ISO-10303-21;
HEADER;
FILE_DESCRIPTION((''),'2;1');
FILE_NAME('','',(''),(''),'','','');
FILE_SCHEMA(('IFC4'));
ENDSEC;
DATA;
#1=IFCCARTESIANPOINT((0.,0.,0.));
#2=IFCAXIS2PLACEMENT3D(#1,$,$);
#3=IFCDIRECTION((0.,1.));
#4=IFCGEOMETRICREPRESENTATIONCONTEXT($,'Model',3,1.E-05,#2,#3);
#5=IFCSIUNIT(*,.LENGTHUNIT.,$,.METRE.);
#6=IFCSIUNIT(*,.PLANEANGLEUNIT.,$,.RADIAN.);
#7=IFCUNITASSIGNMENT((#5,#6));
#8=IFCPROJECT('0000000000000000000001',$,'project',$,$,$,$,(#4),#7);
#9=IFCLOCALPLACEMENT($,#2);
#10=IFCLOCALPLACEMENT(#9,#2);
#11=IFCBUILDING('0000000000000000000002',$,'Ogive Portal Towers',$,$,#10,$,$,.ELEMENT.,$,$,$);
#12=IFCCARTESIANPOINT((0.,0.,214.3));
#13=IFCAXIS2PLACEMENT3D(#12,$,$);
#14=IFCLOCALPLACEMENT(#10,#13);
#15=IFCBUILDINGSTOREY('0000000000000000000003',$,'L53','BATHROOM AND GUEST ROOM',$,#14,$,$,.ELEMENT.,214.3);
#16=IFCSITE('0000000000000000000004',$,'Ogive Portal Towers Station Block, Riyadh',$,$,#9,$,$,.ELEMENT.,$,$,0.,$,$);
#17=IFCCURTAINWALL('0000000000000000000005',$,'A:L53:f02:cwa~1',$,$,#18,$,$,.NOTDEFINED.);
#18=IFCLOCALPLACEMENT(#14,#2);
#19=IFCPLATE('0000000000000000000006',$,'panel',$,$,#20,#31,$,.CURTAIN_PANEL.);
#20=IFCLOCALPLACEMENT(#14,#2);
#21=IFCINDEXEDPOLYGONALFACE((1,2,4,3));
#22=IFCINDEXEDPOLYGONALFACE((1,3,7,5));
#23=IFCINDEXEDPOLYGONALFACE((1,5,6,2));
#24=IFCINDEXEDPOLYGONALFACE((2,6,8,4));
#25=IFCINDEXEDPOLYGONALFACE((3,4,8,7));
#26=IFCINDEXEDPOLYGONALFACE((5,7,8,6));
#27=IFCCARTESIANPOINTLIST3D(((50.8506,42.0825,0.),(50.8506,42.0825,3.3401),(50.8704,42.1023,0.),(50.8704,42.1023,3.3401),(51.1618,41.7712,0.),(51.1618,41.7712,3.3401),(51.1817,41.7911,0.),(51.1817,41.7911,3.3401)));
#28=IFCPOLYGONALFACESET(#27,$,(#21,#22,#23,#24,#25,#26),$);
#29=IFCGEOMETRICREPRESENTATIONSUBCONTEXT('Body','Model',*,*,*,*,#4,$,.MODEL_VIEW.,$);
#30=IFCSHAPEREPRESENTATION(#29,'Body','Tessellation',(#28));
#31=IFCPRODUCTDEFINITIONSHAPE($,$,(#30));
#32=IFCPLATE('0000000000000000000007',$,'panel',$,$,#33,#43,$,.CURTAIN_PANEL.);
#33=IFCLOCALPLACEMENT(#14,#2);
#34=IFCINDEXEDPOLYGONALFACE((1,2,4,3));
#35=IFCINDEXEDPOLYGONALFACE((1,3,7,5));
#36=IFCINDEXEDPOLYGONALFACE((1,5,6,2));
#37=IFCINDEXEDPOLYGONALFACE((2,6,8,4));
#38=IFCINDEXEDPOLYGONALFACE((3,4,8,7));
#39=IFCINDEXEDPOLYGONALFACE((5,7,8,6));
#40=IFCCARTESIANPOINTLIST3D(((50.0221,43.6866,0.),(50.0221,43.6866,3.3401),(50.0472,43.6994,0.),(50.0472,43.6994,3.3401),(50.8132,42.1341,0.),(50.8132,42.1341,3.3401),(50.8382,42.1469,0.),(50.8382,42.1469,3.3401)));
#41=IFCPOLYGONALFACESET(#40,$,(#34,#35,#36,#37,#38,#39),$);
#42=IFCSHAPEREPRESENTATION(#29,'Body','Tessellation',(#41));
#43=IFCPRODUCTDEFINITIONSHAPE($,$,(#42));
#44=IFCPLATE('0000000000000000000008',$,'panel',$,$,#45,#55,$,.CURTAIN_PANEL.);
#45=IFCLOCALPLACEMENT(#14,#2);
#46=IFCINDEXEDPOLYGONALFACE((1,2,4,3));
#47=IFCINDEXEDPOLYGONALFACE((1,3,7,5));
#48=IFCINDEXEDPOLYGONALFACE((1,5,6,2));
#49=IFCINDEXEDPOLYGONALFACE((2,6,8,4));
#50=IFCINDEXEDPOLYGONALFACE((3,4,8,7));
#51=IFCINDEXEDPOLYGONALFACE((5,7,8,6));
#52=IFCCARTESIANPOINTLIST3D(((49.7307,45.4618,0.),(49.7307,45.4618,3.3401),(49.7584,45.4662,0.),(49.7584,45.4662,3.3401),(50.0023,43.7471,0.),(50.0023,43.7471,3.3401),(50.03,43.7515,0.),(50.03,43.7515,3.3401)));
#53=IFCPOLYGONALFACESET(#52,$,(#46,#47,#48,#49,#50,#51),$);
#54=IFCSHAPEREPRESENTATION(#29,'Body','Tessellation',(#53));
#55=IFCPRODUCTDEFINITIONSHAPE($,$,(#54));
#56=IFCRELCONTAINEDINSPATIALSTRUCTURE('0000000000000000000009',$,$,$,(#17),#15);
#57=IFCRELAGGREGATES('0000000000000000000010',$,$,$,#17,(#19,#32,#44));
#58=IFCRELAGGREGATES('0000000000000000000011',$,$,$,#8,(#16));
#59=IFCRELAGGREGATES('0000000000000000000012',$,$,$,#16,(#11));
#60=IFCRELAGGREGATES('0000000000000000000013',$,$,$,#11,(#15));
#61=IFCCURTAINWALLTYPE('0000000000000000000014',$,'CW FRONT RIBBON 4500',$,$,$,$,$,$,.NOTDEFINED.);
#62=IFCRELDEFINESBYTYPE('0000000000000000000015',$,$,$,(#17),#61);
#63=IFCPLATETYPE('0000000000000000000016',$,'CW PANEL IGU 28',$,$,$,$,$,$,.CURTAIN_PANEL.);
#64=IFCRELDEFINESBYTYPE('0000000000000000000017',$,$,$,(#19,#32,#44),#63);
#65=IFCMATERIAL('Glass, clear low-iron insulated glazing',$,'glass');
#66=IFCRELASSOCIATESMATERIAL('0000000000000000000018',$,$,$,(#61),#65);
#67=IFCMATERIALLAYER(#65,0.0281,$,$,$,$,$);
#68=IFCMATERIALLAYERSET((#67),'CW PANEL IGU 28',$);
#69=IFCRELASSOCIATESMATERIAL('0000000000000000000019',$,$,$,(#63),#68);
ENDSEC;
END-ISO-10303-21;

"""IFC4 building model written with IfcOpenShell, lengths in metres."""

from ifc_helpers import new_model, si_unit, direction, frame, origin, origin_2d, place, context, subcontext, project, spatial, rectangle, extrude, material, layer, layer_set, type_object, element, aggregate, save


model = new_model("IFC4")

# Units and contexts
model_context = context("Model", 3, precision=1e-05, world=origin(), true_north=direction((0.0, 1.0)))
body_context = subcontext(model_context, "Body", "Model", "MODEL_VIEW")
ifc_project = project(units=[si_unit("LENGTHUNIT", "METRE"), si_unit("PLANEANGLEUNIT", "RADIAN")], contexts=[model_context])

# Site, building, storey
site_placement = place(None, origin())
site = spatial("IfcSite", under=ifc_project, at=site_placement, Name="Ogive Portal Towers Station Block, Riyadh", CompositionType="ELEMENT", RefElevation=0.0)
building_placement = place(site_placement, origin())
building = spatial("IfcBuilding", under=site, at=building_placement, Name="Ogive Portal Towers", CompositionType="ELEMENT")
storey_placement = place(building_placement, frame((0.0, 0.0, 214.3)))
storey = spatial("IfcBuildingStorey", under=building, at=storey_placement, Name="L53", Description="BATHROOM AND GUEST ROOM", CompositionType="ELEMENT", Elevation=214.3)

# Curtain wall
ifc_material_1 = material(Name="Glass, clear low-iron insulated glazing", Category="glass")
curtain_wall_type = type_object("IfcCurtainWallType", Name="CW FRONT RIBBON 4500", PredefinedType="NOTDEFINED", material=ifc_material_1)
curtain_wall_1_placement = place(storey_placement, origin())
curtain_wall_1 = element("IfcCurtainWall", 1, at=curtain_wall_1_placement, inside=storey, type_object=curtain_wall_type, Name="A:L53:f02:cwa~1", PredefinedType="NOTDEFINED")

# Plates
ifc_layer = layer(ifc_material_1, 0.0281)
ifc_layer_set = layer_set([ifc_layer], Name="CW PANEL IGU 28")
plate_type = type_object("IfcPlateType", Name="CW PANEL IGU 28", PredefinedType="CURTAIN_PANEL", material=ifc_layer_set)
plate_1_placement = place(storey_placement, frame((51.0161, 41.9368, 0.0), z_axis=(0.0, 0.0, 1.0), x_axis=(-0.707107, 0.707107, 0.0)))
plate_1 = element("IfcPlate", 2, at=plate_1_placement, type_object=plate_type, Name="panel", PredefinedType="CURTAIN_PANEL", context=body_context, shape_type="SweptSolid", body=[
    extrude(rectangle(XDim=0.4402, YDim=0.0281, at=origin_2d()), origin(), (0.0, 0.0, 1.0), 3.3401),
])
plate_2_placement = place(storey_placement, frame((50.4302, 42.9167, 0.0), z_axis=(0.0, 0.0, 1.0), x_axis=(-0.45399, 0.891007, 0.0)))
plate_2 = element("IfcPlate", 3, at=plate_2_placement, type_object=plate_type, Name="panel", PredefinedType="CURTAIN_PANEL", context=body_context, shape_type="SweptSolid", body=[
    extrude(rectangle(XDim=1.7424, YDim=0.0281, at=origin_2d()), origin(), (0.0, 0.0, 1.0), 3.3401),
])
plate_3_placement = place(storey_placement, frame((49.8804, 44.6067, 0.0), z_axis=(0.0, 0.0, 1.0), x_axis=(-0.156434, 0.987688, 0.0)))
plate_3 = element("IfcPlate", 4, at=plate_3_placement, type_object=plate_type, Name="panel", PredefinedType="CURTAIN_PANEL", context=body_context, shape_type="SweptSolid", body=[
    extrude(rectangle(XDim=1.7361, YDim=0.0281, at=origin_2d()), origin(), (0.0, 0.0, 1.0), 3.3401),
])
aggregate(curtain_wall_1, [plate_1, plate_2, plate_3])

save(model, "model.ifc")
